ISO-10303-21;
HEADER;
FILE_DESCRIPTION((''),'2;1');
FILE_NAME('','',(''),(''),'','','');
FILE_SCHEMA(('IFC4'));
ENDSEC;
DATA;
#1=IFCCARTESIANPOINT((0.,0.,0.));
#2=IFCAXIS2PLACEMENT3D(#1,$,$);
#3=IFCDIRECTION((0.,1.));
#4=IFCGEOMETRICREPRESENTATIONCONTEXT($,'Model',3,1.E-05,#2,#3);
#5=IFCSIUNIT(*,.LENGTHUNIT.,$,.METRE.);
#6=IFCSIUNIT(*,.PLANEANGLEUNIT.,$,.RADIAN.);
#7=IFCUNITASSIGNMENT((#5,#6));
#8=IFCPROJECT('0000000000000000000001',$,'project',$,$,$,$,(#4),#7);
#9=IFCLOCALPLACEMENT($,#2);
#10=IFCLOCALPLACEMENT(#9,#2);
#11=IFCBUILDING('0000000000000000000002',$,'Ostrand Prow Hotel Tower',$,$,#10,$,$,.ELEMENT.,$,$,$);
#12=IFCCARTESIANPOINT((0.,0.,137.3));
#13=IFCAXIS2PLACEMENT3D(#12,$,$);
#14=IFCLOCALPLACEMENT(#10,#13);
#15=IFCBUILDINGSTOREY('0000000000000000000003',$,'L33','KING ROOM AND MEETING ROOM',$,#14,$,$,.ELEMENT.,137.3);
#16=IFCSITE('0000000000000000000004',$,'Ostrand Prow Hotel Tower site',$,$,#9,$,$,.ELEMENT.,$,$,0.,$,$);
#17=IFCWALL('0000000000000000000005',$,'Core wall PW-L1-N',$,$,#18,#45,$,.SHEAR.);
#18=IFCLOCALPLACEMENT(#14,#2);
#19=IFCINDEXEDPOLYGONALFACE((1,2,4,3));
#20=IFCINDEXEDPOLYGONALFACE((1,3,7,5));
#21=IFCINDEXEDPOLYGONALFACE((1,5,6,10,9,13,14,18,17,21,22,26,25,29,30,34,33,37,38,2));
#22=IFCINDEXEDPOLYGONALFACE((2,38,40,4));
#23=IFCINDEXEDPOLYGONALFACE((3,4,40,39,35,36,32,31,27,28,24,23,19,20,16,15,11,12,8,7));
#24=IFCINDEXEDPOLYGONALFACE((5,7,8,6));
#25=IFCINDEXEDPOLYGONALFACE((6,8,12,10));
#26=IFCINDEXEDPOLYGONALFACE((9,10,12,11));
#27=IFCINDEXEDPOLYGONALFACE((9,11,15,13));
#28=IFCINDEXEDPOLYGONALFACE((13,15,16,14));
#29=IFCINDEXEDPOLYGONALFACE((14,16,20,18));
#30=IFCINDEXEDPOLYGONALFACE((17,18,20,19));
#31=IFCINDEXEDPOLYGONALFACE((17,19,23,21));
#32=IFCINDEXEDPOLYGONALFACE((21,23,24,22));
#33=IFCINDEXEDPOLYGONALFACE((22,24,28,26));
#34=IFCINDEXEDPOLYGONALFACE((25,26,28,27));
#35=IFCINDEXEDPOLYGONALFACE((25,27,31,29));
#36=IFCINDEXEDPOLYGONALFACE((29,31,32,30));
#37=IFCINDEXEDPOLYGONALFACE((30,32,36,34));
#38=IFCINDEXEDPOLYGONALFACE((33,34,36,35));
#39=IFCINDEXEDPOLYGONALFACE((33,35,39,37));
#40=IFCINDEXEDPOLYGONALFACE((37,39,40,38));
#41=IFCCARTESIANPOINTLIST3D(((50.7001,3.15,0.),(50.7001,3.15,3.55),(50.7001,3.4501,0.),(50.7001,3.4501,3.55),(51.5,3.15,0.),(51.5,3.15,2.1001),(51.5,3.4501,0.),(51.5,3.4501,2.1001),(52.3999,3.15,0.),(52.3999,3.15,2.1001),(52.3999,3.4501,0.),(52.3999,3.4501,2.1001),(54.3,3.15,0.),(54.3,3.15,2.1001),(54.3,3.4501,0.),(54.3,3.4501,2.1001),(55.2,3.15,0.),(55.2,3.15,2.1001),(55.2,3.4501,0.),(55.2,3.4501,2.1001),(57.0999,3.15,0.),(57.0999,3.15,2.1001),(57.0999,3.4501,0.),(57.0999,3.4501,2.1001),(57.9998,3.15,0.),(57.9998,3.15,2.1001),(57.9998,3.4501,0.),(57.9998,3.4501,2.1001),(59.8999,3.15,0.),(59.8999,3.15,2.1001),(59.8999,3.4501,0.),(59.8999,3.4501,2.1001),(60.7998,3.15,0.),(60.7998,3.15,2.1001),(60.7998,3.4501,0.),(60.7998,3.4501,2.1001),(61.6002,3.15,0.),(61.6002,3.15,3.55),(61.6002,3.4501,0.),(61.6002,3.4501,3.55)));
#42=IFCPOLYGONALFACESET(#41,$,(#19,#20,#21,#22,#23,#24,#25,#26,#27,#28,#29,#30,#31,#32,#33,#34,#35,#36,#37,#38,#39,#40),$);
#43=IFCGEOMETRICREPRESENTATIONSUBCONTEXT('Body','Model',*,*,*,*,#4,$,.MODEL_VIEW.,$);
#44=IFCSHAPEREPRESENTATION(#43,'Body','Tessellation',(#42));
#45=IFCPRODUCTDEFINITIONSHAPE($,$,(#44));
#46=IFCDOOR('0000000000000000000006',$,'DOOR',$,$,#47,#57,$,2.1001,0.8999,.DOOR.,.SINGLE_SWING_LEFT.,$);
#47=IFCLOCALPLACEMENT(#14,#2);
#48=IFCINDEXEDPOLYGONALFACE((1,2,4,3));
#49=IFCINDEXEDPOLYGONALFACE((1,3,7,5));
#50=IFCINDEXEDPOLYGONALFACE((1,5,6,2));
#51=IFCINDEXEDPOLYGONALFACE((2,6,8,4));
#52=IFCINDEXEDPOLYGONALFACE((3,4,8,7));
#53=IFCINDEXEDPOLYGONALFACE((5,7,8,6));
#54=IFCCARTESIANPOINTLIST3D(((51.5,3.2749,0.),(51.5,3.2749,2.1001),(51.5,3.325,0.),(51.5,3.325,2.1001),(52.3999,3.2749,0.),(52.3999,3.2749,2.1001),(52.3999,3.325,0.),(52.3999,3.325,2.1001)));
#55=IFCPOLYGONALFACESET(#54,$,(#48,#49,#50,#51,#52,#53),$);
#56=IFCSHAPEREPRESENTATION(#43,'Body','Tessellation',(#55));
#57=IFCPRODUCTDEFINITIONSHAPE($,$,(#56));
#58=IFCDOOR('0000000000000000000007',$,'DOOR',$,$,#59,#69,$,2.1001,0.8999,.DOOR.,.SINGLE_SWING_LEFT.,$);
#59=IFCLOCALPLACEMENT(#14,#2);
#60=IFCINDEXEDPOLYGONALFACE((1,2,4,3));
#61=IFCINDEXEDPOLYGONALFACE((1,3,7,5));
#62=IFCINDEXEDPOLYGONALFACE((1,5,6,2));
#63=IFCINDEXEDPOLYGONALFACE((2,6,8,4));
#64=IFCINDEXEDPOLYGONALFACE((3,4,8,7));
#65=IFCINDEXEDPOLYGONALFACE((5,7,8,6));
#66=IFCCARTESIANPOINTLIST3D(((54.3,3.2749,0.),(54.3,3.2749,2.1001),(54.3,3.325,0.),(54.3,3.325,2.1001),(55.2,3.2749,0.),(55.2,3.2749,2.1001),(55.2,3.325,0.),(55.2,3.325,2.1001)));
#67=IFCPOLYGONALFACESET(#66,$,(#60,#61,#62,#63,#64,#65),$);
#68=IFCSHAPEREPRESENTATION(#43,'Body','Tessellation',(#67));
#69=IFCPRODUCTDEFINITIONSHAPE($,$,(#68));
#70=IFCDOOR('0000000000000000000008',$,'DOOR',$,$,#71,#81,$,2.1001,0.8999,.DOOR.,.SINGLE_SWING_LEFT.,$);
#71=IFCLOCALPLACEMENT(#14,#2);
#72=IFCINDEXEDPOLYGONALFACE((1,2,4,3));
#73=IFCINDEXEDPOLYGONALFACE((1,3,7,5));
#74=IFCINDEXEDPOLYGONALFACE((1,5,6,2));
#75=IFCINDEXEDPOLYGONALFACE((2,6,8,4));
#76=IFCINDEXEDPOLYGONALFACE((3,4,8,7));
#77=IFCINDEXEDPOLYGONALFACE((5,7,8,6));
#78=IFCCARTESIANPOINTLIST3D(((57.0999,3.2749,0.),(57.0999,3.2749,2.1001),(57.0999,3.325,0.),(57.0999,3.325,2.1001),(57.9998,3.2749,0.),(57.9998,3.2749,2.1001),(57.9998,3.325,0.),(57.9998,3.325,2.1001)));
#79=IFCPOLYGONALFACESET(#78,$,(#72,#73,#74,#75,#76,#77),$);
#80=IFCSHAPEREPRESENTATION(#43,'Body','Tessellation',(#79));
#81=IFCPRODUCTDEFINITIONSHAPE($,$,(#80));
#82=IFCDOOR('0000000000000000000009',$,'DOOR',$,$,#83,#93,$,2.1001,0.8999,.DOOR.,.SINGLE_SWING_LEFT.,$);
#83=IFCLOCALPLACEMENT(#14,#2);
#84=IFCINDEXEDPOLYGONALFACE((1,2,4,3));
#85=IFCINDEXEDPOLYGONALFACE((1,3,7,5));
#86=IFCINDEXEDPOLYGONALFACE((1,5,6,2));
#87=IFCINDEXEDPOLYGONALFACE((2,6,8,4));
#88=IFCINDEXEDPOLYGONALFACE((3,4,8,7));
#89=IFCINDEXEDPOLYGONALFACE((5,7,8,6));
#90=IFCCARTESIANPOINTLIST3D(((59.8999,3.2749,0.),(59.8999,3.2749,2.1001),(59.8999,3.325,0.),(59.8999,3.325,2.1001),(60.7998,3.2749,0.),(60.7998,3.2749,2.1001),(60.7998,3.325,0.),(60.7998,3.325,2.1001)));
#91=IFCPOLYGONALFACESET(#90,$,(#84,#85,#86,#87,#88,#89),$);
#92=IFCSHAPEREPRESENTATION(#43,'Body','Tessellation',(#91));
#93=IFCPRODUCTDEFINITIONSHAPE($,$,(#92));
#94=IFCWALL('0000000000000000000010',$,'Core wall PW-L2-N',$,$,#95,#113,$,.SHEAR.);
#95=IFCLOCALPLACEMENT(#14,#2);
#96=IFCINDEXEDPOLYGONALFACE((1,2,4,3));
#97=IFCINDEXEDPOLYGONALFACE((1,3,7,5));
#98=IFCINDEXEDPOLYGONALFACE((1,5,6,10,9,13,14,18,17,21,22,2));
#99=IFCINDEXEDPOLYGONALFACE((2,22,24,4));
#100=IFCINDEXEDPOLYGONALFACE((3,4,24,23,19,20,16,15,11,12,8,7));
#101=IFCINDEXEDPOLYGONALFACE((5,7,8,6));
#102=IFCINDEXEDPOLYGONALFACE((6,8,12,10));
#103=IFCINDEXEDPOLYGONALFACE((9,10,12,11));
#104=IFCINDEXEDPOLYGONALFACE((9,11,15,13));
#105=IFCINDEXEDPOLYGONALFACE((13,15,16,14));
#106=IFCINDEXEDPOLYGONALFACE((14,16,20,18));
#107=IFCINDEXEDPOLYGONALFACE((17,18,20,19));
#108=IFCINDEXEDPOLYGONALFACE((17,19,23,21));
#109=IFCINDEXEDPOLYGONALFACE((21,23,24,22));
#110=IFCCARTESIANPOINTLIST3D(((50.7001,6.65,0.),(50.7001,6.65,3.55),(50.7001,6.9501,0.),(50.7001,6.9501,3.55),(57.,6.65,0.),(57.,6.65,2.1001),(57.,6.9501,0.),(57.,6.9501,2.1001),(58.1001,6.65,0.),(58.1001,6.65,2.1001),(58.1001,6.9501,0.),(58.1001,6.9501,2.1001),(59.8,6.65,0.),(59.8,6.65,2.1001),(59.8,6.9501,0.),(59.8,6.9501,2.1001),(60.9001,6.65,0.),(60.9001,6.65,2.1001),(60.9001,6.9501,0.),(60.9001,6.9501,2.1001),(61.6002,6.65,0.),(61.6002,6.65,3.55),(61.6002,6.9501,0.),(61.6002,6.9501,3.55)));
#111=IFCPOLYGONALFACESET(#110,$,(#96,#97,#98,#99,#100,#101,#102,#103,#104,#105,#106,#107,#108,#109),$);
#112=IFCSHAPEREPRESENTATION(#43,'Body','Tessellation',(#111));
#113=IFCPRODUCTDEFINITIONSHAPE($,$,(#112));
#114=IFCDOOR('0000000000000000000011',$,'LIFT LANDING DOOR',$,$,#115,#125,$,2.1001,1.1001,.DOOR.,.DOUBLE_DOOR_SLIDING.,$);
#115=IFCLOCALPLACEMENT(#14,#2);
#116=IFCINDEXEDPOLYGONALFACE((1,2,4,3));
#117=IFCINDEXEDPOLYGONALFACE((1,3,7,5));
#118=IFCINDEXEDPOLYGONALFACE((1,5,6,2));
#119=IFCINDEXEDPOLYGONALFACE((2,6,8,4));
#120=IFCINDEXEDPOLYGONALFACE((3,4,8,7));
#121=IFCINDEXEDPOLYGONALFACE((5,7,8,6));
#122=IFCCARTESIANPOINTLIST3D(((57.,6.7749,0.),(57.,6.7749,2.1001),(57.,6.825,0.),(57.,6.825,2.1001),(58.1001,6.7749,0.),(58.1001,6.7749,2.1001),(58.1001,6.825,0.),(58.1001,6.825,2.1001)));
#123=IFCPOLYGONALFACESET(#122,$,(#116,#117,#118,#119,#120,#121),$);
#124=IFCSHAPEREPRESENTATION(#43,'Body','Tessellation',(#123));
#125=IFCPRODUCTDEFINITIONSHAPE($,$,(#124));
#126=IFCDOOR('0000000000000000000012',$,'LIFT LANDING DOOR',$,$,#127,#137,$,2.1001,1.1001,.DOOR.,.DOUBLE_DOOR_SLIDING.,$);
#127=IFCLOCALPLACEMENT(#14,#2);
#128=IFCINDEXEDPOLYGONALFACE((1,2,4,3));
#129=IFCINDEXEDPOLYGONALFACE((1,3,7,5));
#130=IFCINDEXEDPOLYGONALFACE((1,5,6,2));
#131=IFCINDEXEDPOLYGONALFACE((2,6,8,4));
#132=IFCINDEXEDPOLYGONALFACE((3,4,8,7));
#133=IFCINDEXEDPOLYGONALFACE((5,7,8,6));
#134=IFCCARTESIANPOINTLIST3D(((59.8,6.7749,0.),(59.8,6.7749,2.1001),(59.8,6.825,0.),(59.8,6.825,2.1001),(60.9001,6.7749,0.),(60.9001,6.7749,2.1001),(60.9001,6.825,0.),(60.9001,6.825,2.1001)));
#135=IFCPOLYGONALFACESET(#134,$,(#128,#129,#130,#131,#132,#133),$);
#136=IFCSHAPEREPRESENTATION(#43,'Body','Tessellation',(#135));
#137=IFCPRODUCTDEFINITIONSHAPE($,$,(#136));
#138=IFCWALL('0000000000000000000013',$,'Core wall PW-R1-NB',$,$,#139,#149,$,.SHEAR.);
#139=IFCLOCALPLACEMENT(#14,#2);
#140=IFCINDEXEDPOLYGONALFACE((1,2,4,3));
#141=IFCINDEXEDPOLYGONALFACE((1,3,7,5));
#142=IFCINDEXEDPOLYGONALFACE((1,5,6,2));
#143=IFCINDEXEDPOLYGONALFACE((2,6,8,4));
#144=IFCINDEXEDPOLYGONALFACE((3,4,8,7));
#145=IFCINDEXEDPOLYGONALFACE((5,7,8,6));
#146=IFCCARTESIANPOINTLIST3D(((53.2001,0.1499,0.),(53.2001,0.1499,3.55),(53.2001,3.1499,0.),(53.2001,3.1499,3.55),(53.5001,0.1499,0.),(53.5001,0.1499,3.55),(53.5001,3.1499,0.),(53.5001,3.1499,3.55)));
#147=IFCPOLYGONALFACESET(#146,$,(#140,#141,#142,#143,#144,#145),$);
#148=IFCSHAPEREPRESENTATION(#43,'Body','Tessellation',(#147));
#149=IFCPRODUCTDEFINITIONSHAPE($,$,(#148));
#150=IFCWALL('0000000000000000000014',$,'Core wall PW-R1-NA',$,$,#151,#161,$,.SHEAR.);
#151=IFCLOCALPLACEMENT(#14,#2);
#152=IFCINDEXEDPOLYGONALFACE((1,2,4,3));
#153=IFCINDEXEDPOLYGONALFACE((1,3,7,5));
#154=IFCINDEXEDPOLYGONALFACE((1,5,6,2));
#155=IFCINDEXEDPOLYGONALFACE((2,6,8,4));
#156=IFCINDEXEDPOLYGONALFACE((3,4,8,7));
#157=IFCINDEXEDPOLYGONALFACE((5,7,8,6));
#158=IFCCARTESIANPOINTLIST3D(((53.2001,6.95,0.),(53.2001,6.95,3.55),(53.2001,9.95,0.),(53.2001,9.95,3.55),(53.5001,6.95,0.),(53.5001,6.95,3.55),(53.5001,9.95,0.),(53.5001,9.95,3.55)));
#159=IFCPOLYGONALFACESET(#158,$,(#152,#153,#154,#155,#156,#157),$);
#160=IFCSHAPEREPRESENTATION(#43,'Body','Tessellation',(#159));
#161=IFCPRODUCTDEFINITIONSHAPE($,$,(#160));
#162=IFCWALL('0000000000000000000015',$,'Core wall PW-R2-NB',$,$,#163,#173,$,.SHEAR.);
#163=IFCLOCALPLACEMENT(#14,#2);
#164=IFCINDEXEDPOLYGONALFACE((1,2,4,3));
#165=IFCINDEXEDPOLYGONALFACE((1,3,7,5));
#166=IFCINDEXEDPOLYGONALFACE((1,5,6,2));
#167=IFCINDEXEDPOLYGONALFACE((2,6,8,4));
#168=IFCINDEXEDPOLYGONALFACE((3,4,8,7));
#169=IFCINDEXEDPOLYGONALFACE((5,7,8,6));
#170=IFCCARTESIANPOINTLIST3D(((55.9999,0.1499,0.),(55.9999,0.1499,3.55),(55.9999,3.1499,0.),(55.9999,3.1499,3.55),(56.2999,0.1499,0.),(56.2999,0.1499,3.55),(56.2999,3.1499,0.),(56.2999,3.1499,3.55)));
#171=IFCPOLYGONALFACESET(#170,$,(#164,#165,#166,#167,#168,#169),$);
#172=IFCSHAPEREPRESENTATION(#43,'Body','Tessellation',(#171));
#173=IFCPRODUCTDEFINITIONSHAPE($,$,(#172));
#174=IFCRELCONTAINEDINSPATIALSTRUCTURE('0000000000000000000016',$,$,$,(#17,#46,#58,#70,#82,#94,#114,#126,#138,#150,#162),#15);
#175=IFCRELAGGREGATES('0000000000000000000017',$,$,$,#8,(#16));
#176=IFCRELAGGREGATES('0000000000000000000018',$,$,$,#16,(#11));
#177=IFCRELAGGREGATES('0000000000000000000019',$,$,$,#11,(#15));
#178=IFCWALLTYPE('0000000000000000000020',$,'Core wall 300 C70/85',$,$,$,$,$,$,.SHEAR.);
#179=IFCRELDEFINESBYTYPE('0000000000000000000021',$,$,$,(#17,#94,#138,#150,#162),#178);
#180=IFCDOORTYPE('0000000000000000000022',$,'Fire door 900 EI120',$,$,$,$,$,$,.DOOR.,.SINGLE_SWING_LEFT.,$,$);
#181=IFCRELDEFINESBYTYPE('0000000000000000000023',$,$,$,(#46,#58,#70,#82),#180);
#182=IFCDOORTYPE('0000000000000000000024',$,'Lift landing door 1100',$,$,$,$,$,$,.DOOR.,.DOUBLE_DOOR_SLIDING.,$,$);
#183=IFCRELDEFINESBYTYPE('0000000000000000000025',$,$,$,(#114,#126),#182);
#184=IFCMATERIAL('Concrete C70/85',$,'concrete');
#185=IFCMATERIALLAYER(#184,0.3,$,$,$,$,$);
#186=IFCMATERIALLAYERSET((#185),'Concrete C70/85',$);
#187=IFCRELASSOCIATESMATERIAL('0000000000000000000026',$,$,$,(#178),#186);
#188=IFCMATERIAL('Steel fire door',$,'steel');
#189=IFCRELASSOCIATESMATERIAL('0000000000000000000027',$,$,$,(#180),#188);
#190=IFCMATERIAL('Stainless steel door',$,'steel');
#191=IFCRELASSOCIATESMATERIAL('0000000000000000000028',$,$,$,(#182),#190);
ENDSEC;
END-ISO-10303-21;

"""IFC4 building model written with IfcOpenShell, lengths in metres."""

from ifc_helpers import new_model, si_unit, direction, frame, frame_2d, origin, place, context, subcontext, project, spatial, rectangle, extrude, material, layer, layer_set, type_object, element, fill, save


model = new_model("IFC4")

# Units and contexts
model_context = context("Model", 3, precision=1e-05, world=origin(), true_north=direction((0.0, 1.0)))
body_context = subcontext(model_context, "Body", "Model", "MODEL_VIEW")
ifc_project = project(units=[si_unit("LENGTHUNIT", "METRE"), si_unit("PLANEANGLEUNIT", "RADIAN")], contexts=[model_context])

# Site, building, storey
site_placement = place(None, origin())
site = spatial("IfcSite", under=ifc_project, at=site_placement, Name="Ostrand Prow Hotel Tower site", CompositionType="ELEMENT", RefElevation=0.0)
building_placement = place(site_placement, origin())
building = spatial("IfcBuilding", under=site, at=building_placement, Name="Ostrand Prow Hotel Tower", CompositionType="ELEMENT")
storey_placement = place(building_placement, frame((0.0, 0.0, 137.3)))
storey = spatial("IfcBuildingStorey", under=building, at=storey_placement, Name="L33", Description="KING ROOM AND MEETING ROOM", CompositionType="ELEMENT", Elevation=137.3)

# Walls, openings, doors
ifc_material_1 = material(Name="Concrete C70/85", Category="concrete")
ifc_layer_1 = layer(ifc_material_1, 0.3)
ifc_layer_set_1 = layer_set([ifc_layer_1], Name="Concrete C70/85")
wall_type_1 = type_object("IfcWallType", Name="Core wall 300 C70/85", PredefinedType="SHEAR", material=ifc_layer_set_1)
wall_1_placement = place(storey_placement, frame((50.7, 3.3, 0.0), z_axis=(0.0, 0.0, 1.0), x_axis=(1.0, 0.0, 0.0)))
wall_1 = element("IfcWall", 1, at=wall_1_placement, inside=storey, type_object=wall_type_1, Name="Core wall PW-L1-N", PredefinedType="SHEAR", context=body_context, shape_type="SweptSolid", body=[
    extrude(rectangle(XDim=10.9001, YDim=0.3, at=frame_2d((5.4502, 0.0))), origin(), (0.0, 0.0, 1.0), 3.55),
])
opening_1_placement = place(wall_1_placement, frame((0.8, 0.0, 0.0)))
opening_1 = element("IfcOpeningElement", 2, at=opening_1_placement, cuts=wall_1, PredefinedType="OPENING", context=body_context, shape_type="SweptSolid", body=[
    extrude(rectangle(XDim=0.8999, YDim=2.1001, at=frame_2d((0.45, 1.05))), frame((0.0, 0.1599, 0.0), z_axis=(0.0, -1.0, 0.0), x_axis=(1.0, 0.0, 0.0)), (0.0, 0.0, 1.0), 0.3201),
])
opening_2_placement = place(wall_1_placement, frame((3.6001, 0.0, 0.0)))
opening_2 = element("IfcOpeningElement", 3, at=opening_2_placement, cuts=wall_1, PredefinedType="OPENING", context=body_context, shape_type="SweptSolid", body=[
    extrude(rectangle(XDim=0.8999, YDim=2.1001, at=frame_2d((0.45, 1.05))), frame((0.0, 0.1599, 0.0), z_axis=(0.0, -1.0, 0.0), x_axis=(1.0, 0.0, 0.0)), (0.0, 0.0, 1.0), 0.3201),
])
opening_3_placement = place(wall_1_placement, frame((6.3999, 0.0, 0.0)))
opening_3 = element("IfcOpeningElement", 4, at=opening_3_placement, cuts=wall_1, PredefinedType="OPENING", context=body_context, shape_type="SweptSolid", body=[
    extrude(rectangle(XDim=0.8999, YDim=2.1001, at=frame_2d((0.45, 1.05))), frame((0.0, 0.1599, 0.0), z_axis=(0.0, -1.0, 0.0), x_axis=(1.0, 0.0, 0.0)), (0.0, 0.0, 1.0), 0.3201),
])
opening_4_placement = place(wall_1_placement, frame((9.2, 0.0, 0.0)))
opening_4 = element("IfcOpeningElement", 5, at=opening_4_placement, cuts=wall_1, PredefinedType="OPENING", context=body_context, shape_type="SweptSolid", body=[
    extrude(rectangle(XDim=0.8999, YDim=2.1001, at=frame_2d((0.45, 1.05))), frame((0.0, 0.1599, 0.0), z_axis=(0.0, -1.0, 0.0), x_axis=(1.0, 0.0, 0.0)), (0.0, 0.0, 1.0), 0.3201),
])
ifc_material_2 = material(Name="Steel fire door", Category="steel")
door_type_1 = type_object("IfcDoorType", Name="Fire door 900 EI120", OperationType="SINGLE_SWING_LEFT", PredefinedType="DOOR", material=ifc_material_2)
door_1_placement = place(opening_1_placement, origin())
door_1 = element("IfcDoor", 6, at=door_1_placement, inside=storey, type_object=door_type_1, Name="DOOR", OperationType="SINGLE_SWING_LEFT", OverallHeight=2.1001, OverallWidth=0.8999, PredefinedType="DOOR", context=body_context, shape_type="SweptSolid", body=[
    extrude(rectangle(XDim=0.8999, YDim=2.1001, at=frame_2d((0.45, 1.05))), frame((0.0, 0.0249, 0.0), z_axis=(0.0, -1.0, 0.0), x_axis=(1.0, 0.0, 0.0)), (0.0, 0.0, 1.0), 0.05),
])
fill(opening_1, door_1)
door_2_placement = place(opening_2_placement, origin())
door_2 = element("IfcDoor", 7, at=door_2_placement, inside=storey, type_object=door_type_1, Name="DOOR", OperationType="SINGLE_SWING_LEFT", OverallHeight=2.1001, OverallWidth=0.8999, PredefinedType="DOOR", context=body_context, shape_type="SweptSolid", body=[
    extrude(rectangle(XDim=0.8999, YDim=2.1001, at=frame_2d((0.45, 1.05))), frame((0.0, 0.0249, 0.0), z_axis=(0.0, -1.0, 0.0), x_axis=(1.0, 0.0, 0.0)), (0.0, 0.0, 1.0), 0.05),
])
fill(opening_2, door_2)
door_3_placement = place(opening_3_placement, origin())
door_3 = element("IfcDoor", 8, at=door_3_placement, inside=storey, type_object=door_type_1, Name="DOOR", OperationType="SINGLE_SWING_LEFT", OverallHeight=2.1001, OverallWidth=0.8999, PredefinedType="DOOR", context=body_context, shape_type="SweptSolid", body=[
    extrude(rectangle(XDim=0.8999, YDim=2.1001, at=frame_2d((0.45, 1.05))), frame((0.0, 0.0249, 0.0), z_axis=(0.0, -1.0, 0.0), x_axis=(1.0, 0.0, 0.0)), (0.0, 0.0, 1.0), 0.05),
])
fill(opening_3, door_3)
door_4_placement = place(opening_4_placement, origin())
door_4 = element("IfcDoor", 9, at=door_4_placement, inside=storey, type_object=door_type_1, Name="DOOR", OperationType="SINGLE_SWING_LEFT", OverallHeight=2.1001, OverallWidth=0.8999, PredefinedType="DOOR", context=body_context, shape_type="SweptSolid", body=[
    extrude(rectangle(XDim=0.8999, YDim=2.1001, at=frame_2d((0.45, 1.05))), frame((0.0, 0.0249, 0.0), z_axis=(0.0, -1.0, 0.0), x_axis=(1.0, 0.0, 0.0)), (0.0, 0.0, 1.0), 0.05),
])
fill(opening_4, door_4)
wall_2_placement = place(storey_placement, frame((50.7, 6.8, 0.0), z_axis=(0.0, 0.0, 1.0), x_axis=(1.0, 0.0, 0.0)))
wall_2 = element("IfcWall", 10, at=wall_2_placement, inside=storey, type_object=wall_type_1, Name="Core wall PW-L2-N", PredefinedType="SHEAR", context=body_context, shape_type="SweptSolid", body=[
    extrude(rectangle(XDim=10.9001, YDim=0.3, at=frame_2d((5.4502, 0.0))), origin(), (0.0, 0.0, 1.0), 3.55),
])
opening_5_placement = place(wall_2_placement, frame((6.3, 0.0, 0.0)))
opening_5 = element("IfcOpeningElement", 11, at=opening_5_placement, cuts=wall_2, PredefinedType="OPENING", context=body_context, shape_type="SweptSolid", body=[
    extrude(rectangle(XDim=1.1001, YDim=2.1001, at=frame_2d((0.55, 1.05))), frame((0.0, 0.1599, 0.0), z_axis=(0.0, -1.0, 0.0), x_axis=(1.0, 0.0, 0.0)), (0.0, 0.0, 1.0), 0.3201),
])
opening_6_placement = place(wall_2_placement, frame((9.1001, 0.0, 0.0)))
opening_6 = element("IfcOpeningElement", 12, at=opening_6_placement, cuts=wall_2, PredefinedType="OPENING", context=body_context, shape_type="SweptSolid", body=[
    extrude(rectangle(XDim=1.1001, YDim=2.1001, at=frame_2d((0.55, 1.05))), frame((0.0, 0.1599, 0.0), z_axis=(0.0, -1.0, 0.0), x_axis=(1.0, 0.0, 0.0)), (0.0, 0.0, 1.0), 0.3201),
])
ifc_material_3 = material(Name="Stainless steel door", Category="steel")
door_type_2 = type_object("IfcDoorType", Name="Lift landing door 1100", OperationType="DOUBLE_DOOR_SLIDING", PredefinedType="DOOR", material=ifc_material_3)
door_5_placement = place(opening_5_placement, origin())
door_5 = element("IfcDoor", 13, at=door_5_placement, inside=storey, type_object=door_type_2, Name="LIFT LANDING DOOR", OperationType="DOUBLE_DOOR_SLIDING", OverallHeight=2.1001, OverallWidth=1.1001, PredefinedType="DOOR", context=body_context, shape_type="SweptSolid", body=[
    extrude(rectangle(XDim=1.1001, YDim=2.1001, at=frame_2d((0.55, 1.05))), frame((0.0, 0.0249, 0.0), z_axis=(0.0, -1.0, 0.0), x_axis=(1.0, 0.0, 0.0)), (0.0, 0.0, 1.0), 0.05),
])
fill(opening_5, door_5)
door_6_placement = place(opening_6_placement, origin())
door_6 = element("IfcDoor", 14, at=door_6_placement, inside=storey, type_object=door_type_2, Name="LIFT LANDING DOOR", OperationType="DOUBLE_DOOR_SLIDING", OverallHeight=2.1001, OverallWidth=1.1001, PredefinedType="DOOR", context=body_context, shape_type="SweptSolid", body=[
    extrude(rectangle(XDim=1.1001, YDim=2.1001, at=frame_2d((0.55, 1.05))), frame((0.0, 0.0249, 0.0), z_axis=(0.0, -1.0, 0.0), x_axis=(1.0, 0.0, 0.0)), (0.0, 0.0, 1.0), 0.05),
])
fill(opening_6, door_6)

# Walls
for number, where, z_axis, x_axis, name in (
    (15, (53.3501, 0.1499, 0.0), (0.0, 0.0, 1.0), (0.0, 1.0, 0.0), "Core wall PW-R1-NB"),
    (16, (53.3501, 6.95, 0.0), (0.0, 0.0, 1.0), (0.0, 1.0, 0.0), "Core wall PW-R1-NA"),
    (17, (56.1499, 0.1499, 0.0), (0.0, 0.0, 1.0), (0.0, 1.0, 0.0), "Core wall PW-R2-NB"),
):
    element("IfcWall", number, at=place(storey_placement, frame(where, z_axis=z_axis, x_axis=x_axis)), inside=storey, type_object=wall_type_1, Name=name, PredefinedType="SHEAR", context=body_context, shape_type="SweptSolid", body=[
        extrude(rectangle(XDim=3.0, YDim=0.3, at=frame_2d((1.5, 0.0))), origin(), (0.0, 0.0, 1.0), 3.55),
    ])

save(model, "model.ifc")
